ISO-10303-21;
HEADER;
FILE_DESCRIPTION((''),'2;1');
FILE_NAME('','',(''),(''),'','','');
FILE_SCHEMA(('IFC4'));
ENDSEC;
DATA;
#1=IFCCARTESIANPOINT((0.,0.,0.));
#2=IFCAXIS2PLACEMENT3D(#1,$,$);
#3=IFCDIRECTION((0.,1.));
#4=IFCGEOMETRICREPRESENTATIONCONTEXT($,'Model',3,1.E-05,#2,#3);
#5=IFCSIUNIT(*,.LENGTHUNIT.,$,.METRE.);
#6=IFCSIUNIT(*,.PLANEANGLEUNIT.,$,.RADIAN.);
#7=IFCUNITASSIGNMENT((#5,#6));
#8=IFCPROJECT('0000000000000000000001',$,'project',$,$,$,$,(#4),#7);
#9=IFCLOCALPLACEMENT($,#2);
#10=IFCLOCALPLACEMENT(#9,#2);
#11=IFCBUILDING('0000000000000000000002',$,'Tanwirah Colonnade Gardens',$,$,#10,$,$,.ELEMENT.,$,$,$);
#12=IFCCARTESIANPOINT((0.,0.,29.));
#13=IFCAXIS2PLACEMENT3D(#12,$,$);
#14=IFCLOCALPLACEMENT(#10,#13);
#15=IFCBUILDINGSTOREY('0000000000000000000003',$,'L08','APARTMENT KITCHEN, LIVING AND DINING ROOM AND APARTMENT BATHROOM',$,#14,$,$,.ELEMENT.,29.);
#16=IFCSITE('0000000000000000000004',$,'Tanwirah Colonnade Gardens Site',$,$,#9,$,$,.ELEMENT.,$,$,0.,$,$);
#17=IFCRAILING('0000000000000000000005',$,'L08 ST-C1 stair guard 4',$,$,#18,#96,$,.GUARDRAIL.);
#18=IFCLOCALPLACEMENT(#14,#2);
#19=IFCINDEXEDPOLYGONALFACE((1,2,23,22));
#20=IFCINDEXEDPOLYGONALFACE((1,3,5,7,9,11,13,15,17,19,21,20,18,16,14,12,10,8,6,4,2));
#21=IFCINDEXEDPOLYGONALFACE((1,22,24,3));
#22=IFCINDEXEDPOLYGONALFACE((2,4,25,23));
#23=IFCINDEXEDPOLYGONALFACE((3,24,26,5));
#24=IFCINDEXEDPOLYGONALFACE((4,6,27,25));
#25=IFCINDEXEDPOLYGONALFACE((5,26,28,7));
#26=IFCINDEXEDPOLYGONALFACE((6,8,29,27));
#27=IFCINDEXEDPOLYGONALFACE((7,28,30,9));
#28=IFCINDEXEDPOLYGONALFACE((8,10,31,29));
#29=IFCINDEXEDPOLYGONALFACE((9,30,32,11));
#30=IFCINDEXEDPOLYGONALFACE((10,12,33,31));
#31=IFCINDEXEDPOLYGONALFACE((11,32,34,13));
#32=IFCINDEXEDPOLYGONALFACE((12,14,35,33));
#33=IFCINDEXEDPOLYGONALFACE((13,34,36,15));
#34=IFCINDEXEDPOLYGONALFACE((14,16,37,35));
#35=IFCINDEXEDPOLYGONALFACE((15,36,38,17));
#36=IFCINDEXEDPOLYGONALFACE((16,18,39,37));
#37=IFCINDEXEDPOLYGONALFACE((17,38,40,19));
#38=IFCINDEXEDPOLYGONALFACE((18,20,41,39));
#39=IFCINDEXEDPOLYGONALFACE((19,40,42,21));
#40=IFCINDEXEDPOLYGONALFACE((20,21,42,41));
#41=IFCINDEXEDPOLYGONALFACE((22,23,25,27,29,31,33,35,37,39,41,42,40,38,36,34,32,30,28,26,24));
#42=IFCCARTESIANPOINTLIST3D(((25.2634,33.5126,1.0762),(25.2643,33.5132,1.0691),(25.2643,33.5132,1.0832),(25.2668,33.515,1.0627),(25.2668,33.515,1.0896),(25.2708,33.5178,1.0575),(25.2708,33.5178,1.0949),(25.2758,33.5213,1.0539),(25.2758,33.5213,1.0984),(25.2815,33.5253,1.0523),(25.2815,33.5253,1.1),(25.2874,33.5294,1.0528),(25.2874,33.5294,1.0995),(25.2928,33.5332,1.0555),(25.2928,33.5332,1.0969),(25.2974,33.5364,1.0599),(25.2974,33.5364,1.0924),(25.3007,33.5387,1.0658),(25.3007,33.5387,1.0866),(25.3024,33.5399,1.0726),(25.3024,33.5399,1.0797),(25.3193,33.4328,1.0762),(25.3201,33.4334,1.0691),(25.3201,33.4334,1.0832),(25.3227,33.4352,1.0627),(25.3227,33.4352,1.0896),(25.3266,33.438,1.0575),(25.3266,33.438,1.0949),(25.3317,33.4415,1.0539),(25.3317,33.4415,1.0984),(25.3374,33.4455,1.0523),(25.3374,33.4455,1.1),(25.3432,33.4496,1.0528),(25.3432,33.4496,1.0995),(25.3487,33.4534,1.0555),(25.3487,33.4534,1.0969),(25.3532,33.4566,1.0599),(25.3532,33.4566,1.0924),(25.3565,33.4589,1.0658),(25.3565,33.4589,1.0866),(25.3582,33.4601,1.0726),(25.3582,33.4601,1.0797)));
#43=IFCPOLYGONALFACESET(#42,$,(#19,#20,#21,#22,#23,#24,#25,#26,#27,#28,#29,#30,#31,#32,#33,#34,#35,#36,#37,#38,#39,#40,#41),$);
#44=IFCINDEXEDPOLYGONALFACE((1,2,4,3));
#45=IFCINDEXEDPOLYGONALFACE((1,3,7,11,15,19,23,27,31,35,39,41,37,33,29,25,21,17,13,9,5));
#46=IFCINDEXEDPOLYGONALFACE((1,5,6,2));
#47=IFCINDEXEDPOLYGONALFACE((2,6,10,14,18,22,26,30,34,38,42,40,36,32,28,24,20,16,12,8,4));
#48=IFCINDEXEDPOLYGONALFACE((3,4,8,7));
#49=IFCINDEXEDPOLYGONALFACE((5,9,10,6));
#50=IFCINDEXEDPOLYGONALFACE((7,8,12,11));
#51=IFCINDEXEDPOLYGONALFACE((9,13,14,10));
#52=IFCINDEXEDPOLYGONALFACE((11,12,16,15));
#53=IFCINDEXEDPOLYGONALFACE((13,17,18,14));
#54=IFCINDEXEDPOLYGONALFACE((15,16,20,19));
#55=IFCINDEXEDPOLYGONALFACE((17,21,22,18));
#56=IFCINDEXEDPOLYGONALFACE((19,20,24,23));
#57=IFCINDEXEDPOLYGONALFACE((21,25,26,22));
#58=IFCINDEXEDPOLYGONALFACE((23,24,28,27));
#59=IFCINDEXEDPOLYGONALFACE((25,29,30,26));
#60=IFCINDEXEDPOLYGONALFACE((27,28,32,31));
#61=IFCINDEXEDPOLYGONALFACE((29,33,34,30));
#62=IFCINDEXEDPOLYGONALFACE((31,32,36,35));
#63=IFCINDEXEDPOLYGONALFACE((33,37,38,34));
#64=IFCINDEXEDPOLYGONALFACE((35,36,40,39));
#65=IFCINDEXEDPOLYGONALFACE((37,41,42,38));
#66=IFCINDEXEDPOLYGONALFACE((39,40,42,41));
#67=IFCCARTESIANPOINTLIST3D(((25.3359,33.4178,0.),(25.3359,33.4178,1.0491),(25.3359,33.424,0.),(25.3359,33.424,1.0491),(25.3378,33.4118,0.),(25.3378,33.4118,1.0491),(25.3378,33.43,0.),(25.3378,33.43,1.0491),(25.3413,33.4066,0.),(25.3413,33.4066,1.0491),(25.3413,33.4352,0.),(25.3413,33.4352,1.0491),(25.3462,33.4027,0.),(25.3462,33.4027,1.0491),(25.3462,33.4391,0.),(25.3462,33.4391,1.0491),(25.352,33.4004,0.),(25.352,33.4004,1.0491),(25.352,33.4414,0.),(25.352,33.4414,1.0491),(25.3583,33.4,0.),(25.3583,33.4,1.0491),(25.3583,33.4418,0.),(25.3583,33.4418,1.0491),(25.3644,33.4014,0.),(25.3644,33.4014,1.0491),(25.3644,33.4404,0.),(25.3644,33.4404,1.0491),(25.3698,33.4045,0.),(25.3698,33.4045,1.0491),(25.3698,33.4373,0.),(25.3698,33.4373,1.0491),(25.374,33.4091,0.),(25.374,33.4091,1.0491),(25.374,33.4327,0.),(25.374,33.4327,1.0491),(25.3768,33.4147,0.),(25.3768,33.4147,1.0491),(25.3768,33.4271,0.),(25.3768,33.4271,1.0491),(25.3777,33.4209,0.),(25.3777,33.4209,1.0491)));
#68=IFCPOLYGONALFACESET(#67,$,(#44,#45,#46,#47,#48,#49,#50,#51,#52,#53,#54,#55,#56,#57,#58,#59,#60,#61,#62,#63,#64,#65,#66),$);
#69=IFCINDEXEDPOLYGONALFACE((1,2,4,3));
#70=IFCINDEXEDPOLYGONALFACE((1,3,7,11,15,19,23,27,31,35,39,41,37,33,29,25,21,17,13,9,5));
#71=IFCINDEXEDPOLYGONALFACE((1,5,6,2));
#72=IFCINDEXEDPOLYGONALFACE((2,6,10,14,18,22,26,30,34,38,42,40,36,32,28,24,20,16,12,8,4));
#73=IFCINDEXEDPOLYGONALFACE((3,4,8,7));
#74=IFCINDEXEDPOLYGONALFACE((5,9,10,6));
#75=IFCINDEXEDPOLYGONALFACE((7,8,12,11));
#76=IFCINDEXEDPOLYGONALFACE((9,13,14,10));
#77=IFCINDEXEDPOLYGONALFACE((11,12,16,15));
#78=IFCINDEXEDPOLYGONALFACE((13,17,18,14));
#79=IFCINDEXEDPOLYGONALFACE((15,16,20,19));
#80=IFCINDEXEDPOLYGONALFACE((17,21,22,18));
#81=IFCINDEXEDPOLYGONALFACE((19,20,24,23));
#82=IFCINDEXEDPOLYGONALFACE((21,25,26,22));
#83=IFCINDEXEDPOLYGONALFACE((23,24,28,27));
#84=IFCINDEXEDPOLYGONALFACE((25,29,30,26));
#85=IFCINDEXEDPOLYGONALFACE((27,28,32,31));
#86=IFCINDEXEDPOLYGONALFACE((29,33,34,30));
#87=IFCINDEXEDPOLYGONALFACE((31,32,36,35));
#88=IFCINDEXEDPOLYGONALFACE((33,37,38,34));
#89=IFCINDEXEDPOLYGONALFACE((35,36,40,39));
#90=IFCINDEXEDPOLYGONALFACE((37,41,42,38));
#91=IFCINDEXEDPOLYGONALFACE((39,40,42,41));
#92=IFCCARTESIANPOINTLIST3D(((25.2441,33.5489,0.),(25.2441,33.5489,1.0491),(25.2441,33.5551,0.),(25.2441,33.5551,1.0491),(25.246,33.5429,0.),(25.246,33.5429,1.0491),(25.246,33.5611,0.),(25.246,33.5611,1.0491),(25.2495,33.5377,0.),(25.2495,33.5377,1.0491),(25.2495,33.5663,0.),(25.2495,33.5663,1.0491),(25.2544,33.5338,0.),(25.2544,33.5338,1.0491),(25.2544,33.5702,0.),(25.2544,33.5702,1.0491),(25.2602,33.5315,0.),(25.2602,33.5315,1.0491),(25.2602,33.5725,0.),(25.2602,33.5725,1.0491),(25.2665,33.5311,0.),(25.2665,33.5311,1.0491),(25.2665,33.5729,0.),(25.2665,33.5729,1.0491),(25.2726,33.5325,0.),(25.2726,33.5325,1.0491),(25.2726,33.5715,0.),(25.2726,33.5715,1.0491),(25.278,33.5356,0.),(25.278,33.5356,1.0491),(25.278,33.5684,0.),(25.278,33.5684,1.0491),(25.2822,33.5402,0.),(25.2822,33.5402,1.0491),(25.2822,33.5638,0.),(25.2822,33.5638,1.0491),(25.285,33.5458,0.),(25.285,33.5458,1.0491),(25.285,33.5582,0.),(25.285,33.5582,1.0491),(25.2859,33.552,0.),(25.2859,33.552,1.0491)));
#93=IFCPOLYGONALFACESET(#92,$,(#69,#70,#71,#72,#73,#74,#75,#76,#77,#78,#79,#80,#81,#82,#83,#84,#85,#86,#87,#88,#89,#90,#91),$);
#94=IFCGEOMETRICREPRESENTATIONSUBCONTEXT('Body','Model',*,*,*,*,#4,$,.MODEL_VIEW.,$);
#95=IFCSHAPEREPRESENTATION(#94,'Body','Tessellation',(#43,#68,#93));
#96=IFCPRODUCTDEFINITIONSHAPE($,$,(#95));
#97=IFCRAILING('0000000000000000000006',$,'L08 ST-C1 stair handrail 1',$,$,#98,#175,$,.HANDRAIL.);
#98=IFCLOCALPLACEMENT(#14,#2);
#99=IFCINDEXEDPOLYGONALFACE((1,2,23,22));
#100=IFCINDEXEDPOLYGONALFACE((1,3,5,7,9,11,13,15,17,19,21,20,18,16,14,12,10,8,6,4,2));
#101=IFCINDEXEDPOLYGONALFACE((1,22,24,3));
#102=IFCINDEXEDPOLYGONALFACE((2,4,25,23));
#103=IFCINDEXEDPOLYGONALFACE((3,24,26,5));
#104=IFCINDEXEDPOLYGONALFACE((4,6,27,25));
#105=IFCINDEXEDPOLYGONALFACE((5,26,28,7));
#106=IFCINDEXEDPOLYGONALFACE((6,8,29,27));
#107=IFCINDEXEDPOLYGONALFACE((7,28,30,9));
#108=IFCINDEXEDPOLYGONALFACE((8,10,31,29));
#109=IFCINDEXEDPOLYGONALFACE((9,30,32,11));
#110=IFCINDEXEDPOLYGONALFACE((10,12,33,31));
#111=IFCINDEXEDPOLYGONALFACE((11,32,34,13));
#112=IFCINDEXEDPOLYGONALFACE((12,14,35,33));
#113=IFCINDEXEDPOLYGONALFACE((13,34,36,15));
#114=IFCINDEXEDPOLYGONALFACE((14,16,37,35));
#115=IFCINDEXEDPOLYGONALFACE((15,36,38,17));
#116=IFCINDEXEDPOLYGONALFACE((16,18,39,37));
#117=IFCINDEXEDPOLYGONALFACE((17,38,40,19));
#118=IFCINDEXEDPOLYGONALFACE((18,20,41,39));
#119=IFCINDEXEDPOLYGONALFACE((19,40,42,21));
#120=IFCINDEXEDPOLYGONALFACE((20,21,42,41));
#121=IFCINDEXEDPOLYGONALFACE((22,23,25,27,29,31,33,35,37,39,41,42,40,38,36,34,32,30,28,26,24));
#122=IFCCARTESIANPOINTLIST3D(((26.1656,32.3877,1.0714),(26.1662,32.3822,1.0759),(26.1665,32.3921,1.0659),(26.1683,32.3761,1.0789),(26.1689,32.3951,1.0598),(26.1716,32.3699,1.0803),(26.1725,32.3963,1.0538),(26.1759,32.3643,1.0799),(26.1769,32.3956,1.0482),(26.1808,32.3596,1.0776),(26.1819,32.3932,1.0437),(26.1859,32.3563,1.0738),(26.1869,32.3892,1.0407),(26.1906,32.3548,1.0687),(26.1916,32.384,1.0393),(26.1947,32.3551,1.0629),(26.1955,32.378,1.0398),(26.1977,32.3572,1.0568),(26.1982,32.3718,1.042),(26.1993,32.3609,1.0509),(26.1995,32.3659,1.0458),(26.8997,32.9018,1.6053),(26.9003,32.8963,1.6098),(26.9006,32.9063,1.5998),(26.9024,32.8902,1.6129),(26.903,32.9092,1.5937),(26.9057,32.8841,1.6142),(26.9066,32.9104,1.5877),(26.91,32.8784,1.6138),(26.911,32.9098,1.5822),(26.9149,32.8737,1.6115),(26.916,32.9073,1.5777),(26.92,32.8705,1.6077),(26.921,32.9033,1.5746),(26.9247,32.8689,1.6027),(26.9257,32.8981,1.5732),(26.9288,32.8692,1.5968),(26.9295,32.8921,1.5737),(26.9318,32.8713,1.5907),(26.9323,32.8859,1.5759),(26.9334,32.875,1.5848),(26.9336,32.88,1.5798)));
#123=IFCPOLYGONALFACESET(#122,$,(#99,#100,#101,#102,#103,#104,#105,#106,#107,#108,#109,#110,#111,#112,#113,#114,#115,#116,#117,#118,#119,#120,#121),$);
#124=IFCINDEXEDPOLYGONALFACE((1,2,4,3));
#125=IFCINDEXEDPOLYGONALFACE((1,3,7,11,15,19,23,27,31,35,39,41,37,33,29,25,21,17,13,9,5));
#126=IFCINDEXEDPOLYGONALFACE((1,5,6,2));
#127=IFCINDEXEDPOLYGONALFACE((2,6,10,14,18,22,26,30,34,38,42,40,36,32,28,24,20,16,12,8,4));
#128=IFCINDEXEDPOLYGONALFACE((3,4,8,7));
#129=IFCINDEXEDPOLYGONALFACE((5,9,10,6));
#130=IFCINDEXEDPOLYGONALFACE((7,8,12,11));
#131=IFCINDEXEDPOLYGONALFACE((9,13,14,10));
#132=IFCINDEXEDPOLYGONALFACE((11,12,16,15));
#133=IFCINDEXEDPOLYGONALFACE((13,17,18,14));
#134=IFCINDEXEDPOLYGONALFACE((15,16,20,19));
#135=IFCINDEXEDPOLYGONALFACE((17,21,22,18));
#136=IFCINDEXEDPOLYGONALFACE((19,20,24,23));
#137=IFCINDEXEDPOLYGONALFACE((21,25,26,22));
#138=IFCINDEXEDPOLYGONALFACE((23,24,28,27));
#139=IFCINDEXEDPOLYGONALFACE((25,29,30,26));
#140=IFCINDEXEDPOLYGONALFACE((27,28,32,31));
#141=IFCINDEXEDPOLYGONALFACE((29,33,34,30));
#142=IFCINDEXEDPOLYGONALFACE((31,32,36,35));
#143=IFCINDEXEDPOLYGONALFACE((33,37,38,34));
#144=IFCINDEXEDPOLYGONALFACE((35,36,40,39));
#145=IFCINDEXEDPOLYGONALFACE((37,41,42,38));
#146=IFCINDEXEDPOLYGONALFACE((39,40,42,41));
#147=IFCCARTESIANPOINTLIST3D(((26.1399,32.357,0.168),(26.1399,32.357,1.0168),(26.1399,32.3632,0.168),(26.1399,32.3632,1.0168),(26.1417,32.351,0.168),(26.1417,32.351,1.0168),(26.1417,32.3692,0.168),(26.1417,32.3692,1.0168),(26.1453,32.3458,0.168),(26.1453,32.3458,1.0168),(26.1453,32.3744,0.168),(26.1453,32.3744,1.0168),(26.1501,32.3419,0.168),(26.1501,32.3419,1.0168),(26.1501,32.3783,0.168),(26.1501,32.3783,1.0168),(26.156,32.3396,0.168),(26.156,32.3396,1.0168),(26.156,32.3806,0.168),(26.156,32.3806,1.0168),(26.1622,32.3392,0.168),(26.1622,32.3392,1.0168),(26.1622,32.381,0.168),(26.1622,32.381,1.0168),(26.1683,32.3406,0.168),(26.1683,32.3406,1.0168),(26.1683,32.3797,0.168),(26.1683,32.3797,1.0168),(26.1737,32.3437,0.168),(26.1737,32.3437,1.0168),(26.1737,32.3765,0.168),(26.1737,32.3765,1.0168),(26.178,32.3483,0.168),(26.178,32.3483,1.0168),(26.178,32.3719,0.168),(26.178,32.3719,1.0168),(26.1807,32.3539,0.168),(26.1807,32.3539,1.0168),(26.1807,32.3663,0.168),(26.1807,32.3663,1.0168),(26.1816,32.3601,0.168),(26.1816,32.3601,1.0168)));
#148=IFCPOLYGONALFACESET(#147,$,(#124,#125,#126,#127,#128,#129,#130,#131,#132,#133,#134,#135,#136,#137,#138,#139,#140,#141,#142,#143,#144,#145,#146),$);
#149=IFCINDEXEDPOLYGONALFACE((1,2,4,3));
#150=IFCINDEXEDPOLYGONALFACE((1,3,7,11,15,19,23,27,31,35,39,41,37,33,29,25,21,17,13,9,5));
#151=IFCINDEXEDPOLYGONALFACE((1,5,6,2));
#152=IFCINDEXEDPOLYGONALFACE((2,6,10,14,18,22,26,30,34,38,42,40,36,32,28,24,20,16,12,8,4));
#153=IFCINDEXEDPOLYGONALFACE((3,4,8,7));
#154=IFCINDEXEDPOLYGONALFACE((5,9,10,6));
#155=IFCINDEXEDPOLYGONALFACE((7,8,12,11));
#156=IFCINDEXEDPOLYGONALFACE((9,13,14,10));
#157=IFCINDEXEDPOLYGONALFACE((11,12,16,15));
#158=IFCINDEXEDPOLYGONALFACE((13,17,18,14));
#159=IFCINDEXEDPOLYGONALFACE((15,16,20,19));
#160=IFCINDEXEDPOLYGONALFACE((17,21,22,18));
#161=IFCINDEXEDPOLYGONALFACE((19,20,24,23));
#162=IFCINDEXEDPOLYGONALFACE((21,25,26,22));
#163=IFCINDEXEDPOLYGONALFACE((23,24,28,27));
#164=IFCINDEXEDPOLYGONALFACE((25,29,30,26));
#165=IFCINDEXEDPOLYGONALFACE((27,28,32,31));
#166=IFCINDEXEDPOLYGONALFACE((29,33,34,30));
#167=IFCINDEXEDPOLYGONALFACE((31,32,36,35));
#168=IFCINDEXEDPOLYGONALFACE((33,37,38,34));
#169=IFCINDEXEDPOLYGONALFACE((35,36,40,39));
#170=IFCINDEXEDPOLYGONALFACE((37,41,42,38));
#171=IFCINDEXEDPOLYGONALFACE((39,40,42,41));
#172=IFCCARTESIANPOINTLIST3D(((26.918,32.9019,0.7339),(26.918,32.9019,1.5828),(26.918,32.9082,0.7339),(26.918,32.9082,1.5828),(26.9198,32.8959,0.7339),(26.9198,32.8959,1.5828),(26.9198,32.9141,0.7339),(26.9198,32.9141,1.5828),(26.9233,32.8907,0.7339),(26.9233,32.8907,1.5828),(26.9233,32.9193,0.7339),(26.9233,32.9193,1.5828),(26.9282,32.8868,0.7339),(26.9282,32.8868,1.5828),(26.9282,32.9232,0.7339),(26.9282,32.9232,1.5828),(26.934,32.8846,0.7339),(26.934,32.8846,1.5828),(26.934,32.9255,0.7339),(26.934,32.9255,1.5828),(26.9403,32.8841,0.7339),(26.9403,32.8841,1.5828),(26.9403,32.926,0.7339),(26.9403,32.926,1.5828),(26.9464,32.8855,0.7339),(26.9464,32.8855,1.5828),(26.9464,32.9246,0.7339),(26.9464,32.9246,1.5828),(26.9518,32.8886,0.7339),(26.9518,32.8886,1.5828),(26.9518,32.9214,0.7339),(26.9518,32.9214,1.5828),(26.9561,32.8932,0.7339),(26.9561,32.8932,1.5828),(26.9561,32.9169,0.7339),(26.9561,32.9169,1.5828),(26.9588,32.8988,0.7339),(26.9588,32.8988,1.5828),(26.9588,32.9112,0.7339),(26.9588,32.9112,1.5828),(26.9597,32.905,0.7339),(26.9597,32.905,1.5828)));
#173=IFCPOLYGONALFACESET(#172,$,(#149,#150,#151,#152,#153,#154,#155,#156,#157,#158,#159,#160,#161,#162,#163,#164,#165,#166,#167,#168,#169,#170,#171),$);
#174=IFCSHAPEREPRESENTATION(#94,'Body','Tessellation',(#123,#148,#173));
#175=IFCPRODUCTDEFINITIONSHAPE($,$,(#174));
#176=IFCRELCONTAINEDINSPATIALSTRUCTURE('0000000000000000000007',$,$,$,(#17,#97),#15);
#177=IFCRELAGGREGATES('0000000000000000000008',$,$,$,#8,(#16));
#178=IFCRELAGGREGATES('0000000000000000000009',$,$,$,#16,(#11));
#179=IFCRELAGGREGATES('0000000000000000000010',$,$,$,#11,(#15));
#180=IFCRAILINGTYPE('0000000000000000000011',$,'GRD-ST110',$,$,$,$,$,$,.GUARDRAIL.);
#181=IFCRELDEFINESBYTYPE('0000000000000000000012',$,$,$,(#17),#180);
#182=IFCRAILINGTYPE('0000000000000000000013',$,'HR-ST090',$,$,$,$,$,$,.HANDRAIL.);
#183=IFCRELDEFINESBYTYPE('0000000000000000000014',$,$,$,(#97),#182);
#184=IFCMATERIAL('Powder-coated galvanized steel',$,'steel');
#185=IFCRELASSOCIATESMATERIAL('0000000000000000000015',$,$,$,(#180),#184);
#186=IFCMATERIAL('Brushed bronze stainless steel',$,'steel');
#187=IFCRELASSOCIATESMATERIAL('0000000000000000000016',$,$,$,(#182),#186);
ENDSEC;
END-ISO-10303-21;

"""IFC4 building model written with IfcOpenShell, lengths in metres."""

from ifc_helpers import new_model, si_unit, direction, frame, origin, origin_2d, place, context, subcontext, project, spatial, circle, extrude, material, type_object, element, save


model = new_model("IFC4")

# Units and contexts
model_context = context("Model", 3, precision=1e-05, world=origin(), true_north=direction((0.0, 1.0)))
body_context = subcontext(model_context, "Body", "Model", "MODEL_VIEW")
ifc_project = project(units=[si_unit("LENGTHUNIT", "METRE"), si_unit("PLANEANGLEUNIT", "RADIAN")], contexts=[model_context])

# Site, building, storey
site_placement = place(None, origin())
site = spatial("IfcSite", under=ifc_project, at=site_placement, Name="Tanwirah Colonnade Gardens Site", CompositionType="ELEMENT", RefElevation=0.0)
building_placement = place(site_placement, origin())
building = spatial("IfcBuilding", under=site, at=building_placement, Name="Tanwirah Colonnade Gardens", CompositionType="ELEMENT")
storey_placement = place(building_placement, frame((0.0, 0.0, 29.0)))
storey = spatial("IfcBuildingStorey", under=building, at=storey_placement, Name="L08", Description="APARTMENT KITCHEN, LIVING AND DINING ROOM AND APARTMENT BATHROOM", CompositionType="ELEMENT", Elevation=29.0)

# Railings
ifc_material_1 = material(Name="Powder-coated galvanized steel", Category="steel")
railing_type_1 = type_object("IfcRailingType", Name="GRD-ST110", PredefinedType="GUARDRAIL", material=ifc_material_1)
railing_1_placement = place(storey_placement, frame((25.3567, 33.4209, 0.0)))
element("IfcRailing", 1, at=railing_1_placement, inside=storey, type_object=railing_type_1, Name="L08 ST-C1 stair guard 4", PredefinedType="GUARDRAIL", context=body_context, shape_type="SweptSolid", body=[
    extrude(circle(Radius=0.0239, at=origin_2d()), frame((-0.0178, 0.0256, 1.0762), z_axis=(-0.573565, 0.81916, 0.0), x_axis=(-0.81916, -0.573565, 0.0)), (0.0, 0.0, 1.0), 0.0974),
    extrude(circle(Radius=0.021, at=origin_2d()), origin(), (0.0, 0.0, 1.0), 1.0491),
    extrude(circle(Radius=0.021, at=origin_2d()), frame((-0.0918, 0.1311, 0.0)), (0.0, 0.0, 1.0), 1.0491),
])
ifc_material_2 = material(Name="Brushed bronze stainless steel", Category="steel")
railing_type_2 = type_object("IfcRailingType", Name="HR-ST090", PredefinedType="HANDRAIL", material=ifc_material_2)
railing_2_placement = place(storey_placement, frame((26.1606, 32.3601, 0.168)))
element("IfcRailing", 2, at=railing_2_placement, inside=storey, type_object=railing_type_2, Name="L08 ST-C1 stair handrail 1", PredefinedType="HANDRAIL", context=body_context, shape_type="SweptSolid", body=[
    extrude(circle(Radius=0.0239, at=origin_2d()), frame((0.022, 0.0154, 0.8918), z_axis=(0.703686, 0.492823, 0.511812), x_axis=(-0.573652, 0.819099, 0.0)), (0.0, 0.0, 1.0), 1.0432),
    extrude(circle(Radius=0.021, at=origin_2d()), origin(), (0.0, 0.0, 1.0), 0.8489),
    extrude(circle(Radius=0.021, at=origin_2d()), frame((0.7781, 0.5449, 0.5659)), (0.0, 0.0, 1.0), 0.8489),
])

save(model, "model.ifc")
